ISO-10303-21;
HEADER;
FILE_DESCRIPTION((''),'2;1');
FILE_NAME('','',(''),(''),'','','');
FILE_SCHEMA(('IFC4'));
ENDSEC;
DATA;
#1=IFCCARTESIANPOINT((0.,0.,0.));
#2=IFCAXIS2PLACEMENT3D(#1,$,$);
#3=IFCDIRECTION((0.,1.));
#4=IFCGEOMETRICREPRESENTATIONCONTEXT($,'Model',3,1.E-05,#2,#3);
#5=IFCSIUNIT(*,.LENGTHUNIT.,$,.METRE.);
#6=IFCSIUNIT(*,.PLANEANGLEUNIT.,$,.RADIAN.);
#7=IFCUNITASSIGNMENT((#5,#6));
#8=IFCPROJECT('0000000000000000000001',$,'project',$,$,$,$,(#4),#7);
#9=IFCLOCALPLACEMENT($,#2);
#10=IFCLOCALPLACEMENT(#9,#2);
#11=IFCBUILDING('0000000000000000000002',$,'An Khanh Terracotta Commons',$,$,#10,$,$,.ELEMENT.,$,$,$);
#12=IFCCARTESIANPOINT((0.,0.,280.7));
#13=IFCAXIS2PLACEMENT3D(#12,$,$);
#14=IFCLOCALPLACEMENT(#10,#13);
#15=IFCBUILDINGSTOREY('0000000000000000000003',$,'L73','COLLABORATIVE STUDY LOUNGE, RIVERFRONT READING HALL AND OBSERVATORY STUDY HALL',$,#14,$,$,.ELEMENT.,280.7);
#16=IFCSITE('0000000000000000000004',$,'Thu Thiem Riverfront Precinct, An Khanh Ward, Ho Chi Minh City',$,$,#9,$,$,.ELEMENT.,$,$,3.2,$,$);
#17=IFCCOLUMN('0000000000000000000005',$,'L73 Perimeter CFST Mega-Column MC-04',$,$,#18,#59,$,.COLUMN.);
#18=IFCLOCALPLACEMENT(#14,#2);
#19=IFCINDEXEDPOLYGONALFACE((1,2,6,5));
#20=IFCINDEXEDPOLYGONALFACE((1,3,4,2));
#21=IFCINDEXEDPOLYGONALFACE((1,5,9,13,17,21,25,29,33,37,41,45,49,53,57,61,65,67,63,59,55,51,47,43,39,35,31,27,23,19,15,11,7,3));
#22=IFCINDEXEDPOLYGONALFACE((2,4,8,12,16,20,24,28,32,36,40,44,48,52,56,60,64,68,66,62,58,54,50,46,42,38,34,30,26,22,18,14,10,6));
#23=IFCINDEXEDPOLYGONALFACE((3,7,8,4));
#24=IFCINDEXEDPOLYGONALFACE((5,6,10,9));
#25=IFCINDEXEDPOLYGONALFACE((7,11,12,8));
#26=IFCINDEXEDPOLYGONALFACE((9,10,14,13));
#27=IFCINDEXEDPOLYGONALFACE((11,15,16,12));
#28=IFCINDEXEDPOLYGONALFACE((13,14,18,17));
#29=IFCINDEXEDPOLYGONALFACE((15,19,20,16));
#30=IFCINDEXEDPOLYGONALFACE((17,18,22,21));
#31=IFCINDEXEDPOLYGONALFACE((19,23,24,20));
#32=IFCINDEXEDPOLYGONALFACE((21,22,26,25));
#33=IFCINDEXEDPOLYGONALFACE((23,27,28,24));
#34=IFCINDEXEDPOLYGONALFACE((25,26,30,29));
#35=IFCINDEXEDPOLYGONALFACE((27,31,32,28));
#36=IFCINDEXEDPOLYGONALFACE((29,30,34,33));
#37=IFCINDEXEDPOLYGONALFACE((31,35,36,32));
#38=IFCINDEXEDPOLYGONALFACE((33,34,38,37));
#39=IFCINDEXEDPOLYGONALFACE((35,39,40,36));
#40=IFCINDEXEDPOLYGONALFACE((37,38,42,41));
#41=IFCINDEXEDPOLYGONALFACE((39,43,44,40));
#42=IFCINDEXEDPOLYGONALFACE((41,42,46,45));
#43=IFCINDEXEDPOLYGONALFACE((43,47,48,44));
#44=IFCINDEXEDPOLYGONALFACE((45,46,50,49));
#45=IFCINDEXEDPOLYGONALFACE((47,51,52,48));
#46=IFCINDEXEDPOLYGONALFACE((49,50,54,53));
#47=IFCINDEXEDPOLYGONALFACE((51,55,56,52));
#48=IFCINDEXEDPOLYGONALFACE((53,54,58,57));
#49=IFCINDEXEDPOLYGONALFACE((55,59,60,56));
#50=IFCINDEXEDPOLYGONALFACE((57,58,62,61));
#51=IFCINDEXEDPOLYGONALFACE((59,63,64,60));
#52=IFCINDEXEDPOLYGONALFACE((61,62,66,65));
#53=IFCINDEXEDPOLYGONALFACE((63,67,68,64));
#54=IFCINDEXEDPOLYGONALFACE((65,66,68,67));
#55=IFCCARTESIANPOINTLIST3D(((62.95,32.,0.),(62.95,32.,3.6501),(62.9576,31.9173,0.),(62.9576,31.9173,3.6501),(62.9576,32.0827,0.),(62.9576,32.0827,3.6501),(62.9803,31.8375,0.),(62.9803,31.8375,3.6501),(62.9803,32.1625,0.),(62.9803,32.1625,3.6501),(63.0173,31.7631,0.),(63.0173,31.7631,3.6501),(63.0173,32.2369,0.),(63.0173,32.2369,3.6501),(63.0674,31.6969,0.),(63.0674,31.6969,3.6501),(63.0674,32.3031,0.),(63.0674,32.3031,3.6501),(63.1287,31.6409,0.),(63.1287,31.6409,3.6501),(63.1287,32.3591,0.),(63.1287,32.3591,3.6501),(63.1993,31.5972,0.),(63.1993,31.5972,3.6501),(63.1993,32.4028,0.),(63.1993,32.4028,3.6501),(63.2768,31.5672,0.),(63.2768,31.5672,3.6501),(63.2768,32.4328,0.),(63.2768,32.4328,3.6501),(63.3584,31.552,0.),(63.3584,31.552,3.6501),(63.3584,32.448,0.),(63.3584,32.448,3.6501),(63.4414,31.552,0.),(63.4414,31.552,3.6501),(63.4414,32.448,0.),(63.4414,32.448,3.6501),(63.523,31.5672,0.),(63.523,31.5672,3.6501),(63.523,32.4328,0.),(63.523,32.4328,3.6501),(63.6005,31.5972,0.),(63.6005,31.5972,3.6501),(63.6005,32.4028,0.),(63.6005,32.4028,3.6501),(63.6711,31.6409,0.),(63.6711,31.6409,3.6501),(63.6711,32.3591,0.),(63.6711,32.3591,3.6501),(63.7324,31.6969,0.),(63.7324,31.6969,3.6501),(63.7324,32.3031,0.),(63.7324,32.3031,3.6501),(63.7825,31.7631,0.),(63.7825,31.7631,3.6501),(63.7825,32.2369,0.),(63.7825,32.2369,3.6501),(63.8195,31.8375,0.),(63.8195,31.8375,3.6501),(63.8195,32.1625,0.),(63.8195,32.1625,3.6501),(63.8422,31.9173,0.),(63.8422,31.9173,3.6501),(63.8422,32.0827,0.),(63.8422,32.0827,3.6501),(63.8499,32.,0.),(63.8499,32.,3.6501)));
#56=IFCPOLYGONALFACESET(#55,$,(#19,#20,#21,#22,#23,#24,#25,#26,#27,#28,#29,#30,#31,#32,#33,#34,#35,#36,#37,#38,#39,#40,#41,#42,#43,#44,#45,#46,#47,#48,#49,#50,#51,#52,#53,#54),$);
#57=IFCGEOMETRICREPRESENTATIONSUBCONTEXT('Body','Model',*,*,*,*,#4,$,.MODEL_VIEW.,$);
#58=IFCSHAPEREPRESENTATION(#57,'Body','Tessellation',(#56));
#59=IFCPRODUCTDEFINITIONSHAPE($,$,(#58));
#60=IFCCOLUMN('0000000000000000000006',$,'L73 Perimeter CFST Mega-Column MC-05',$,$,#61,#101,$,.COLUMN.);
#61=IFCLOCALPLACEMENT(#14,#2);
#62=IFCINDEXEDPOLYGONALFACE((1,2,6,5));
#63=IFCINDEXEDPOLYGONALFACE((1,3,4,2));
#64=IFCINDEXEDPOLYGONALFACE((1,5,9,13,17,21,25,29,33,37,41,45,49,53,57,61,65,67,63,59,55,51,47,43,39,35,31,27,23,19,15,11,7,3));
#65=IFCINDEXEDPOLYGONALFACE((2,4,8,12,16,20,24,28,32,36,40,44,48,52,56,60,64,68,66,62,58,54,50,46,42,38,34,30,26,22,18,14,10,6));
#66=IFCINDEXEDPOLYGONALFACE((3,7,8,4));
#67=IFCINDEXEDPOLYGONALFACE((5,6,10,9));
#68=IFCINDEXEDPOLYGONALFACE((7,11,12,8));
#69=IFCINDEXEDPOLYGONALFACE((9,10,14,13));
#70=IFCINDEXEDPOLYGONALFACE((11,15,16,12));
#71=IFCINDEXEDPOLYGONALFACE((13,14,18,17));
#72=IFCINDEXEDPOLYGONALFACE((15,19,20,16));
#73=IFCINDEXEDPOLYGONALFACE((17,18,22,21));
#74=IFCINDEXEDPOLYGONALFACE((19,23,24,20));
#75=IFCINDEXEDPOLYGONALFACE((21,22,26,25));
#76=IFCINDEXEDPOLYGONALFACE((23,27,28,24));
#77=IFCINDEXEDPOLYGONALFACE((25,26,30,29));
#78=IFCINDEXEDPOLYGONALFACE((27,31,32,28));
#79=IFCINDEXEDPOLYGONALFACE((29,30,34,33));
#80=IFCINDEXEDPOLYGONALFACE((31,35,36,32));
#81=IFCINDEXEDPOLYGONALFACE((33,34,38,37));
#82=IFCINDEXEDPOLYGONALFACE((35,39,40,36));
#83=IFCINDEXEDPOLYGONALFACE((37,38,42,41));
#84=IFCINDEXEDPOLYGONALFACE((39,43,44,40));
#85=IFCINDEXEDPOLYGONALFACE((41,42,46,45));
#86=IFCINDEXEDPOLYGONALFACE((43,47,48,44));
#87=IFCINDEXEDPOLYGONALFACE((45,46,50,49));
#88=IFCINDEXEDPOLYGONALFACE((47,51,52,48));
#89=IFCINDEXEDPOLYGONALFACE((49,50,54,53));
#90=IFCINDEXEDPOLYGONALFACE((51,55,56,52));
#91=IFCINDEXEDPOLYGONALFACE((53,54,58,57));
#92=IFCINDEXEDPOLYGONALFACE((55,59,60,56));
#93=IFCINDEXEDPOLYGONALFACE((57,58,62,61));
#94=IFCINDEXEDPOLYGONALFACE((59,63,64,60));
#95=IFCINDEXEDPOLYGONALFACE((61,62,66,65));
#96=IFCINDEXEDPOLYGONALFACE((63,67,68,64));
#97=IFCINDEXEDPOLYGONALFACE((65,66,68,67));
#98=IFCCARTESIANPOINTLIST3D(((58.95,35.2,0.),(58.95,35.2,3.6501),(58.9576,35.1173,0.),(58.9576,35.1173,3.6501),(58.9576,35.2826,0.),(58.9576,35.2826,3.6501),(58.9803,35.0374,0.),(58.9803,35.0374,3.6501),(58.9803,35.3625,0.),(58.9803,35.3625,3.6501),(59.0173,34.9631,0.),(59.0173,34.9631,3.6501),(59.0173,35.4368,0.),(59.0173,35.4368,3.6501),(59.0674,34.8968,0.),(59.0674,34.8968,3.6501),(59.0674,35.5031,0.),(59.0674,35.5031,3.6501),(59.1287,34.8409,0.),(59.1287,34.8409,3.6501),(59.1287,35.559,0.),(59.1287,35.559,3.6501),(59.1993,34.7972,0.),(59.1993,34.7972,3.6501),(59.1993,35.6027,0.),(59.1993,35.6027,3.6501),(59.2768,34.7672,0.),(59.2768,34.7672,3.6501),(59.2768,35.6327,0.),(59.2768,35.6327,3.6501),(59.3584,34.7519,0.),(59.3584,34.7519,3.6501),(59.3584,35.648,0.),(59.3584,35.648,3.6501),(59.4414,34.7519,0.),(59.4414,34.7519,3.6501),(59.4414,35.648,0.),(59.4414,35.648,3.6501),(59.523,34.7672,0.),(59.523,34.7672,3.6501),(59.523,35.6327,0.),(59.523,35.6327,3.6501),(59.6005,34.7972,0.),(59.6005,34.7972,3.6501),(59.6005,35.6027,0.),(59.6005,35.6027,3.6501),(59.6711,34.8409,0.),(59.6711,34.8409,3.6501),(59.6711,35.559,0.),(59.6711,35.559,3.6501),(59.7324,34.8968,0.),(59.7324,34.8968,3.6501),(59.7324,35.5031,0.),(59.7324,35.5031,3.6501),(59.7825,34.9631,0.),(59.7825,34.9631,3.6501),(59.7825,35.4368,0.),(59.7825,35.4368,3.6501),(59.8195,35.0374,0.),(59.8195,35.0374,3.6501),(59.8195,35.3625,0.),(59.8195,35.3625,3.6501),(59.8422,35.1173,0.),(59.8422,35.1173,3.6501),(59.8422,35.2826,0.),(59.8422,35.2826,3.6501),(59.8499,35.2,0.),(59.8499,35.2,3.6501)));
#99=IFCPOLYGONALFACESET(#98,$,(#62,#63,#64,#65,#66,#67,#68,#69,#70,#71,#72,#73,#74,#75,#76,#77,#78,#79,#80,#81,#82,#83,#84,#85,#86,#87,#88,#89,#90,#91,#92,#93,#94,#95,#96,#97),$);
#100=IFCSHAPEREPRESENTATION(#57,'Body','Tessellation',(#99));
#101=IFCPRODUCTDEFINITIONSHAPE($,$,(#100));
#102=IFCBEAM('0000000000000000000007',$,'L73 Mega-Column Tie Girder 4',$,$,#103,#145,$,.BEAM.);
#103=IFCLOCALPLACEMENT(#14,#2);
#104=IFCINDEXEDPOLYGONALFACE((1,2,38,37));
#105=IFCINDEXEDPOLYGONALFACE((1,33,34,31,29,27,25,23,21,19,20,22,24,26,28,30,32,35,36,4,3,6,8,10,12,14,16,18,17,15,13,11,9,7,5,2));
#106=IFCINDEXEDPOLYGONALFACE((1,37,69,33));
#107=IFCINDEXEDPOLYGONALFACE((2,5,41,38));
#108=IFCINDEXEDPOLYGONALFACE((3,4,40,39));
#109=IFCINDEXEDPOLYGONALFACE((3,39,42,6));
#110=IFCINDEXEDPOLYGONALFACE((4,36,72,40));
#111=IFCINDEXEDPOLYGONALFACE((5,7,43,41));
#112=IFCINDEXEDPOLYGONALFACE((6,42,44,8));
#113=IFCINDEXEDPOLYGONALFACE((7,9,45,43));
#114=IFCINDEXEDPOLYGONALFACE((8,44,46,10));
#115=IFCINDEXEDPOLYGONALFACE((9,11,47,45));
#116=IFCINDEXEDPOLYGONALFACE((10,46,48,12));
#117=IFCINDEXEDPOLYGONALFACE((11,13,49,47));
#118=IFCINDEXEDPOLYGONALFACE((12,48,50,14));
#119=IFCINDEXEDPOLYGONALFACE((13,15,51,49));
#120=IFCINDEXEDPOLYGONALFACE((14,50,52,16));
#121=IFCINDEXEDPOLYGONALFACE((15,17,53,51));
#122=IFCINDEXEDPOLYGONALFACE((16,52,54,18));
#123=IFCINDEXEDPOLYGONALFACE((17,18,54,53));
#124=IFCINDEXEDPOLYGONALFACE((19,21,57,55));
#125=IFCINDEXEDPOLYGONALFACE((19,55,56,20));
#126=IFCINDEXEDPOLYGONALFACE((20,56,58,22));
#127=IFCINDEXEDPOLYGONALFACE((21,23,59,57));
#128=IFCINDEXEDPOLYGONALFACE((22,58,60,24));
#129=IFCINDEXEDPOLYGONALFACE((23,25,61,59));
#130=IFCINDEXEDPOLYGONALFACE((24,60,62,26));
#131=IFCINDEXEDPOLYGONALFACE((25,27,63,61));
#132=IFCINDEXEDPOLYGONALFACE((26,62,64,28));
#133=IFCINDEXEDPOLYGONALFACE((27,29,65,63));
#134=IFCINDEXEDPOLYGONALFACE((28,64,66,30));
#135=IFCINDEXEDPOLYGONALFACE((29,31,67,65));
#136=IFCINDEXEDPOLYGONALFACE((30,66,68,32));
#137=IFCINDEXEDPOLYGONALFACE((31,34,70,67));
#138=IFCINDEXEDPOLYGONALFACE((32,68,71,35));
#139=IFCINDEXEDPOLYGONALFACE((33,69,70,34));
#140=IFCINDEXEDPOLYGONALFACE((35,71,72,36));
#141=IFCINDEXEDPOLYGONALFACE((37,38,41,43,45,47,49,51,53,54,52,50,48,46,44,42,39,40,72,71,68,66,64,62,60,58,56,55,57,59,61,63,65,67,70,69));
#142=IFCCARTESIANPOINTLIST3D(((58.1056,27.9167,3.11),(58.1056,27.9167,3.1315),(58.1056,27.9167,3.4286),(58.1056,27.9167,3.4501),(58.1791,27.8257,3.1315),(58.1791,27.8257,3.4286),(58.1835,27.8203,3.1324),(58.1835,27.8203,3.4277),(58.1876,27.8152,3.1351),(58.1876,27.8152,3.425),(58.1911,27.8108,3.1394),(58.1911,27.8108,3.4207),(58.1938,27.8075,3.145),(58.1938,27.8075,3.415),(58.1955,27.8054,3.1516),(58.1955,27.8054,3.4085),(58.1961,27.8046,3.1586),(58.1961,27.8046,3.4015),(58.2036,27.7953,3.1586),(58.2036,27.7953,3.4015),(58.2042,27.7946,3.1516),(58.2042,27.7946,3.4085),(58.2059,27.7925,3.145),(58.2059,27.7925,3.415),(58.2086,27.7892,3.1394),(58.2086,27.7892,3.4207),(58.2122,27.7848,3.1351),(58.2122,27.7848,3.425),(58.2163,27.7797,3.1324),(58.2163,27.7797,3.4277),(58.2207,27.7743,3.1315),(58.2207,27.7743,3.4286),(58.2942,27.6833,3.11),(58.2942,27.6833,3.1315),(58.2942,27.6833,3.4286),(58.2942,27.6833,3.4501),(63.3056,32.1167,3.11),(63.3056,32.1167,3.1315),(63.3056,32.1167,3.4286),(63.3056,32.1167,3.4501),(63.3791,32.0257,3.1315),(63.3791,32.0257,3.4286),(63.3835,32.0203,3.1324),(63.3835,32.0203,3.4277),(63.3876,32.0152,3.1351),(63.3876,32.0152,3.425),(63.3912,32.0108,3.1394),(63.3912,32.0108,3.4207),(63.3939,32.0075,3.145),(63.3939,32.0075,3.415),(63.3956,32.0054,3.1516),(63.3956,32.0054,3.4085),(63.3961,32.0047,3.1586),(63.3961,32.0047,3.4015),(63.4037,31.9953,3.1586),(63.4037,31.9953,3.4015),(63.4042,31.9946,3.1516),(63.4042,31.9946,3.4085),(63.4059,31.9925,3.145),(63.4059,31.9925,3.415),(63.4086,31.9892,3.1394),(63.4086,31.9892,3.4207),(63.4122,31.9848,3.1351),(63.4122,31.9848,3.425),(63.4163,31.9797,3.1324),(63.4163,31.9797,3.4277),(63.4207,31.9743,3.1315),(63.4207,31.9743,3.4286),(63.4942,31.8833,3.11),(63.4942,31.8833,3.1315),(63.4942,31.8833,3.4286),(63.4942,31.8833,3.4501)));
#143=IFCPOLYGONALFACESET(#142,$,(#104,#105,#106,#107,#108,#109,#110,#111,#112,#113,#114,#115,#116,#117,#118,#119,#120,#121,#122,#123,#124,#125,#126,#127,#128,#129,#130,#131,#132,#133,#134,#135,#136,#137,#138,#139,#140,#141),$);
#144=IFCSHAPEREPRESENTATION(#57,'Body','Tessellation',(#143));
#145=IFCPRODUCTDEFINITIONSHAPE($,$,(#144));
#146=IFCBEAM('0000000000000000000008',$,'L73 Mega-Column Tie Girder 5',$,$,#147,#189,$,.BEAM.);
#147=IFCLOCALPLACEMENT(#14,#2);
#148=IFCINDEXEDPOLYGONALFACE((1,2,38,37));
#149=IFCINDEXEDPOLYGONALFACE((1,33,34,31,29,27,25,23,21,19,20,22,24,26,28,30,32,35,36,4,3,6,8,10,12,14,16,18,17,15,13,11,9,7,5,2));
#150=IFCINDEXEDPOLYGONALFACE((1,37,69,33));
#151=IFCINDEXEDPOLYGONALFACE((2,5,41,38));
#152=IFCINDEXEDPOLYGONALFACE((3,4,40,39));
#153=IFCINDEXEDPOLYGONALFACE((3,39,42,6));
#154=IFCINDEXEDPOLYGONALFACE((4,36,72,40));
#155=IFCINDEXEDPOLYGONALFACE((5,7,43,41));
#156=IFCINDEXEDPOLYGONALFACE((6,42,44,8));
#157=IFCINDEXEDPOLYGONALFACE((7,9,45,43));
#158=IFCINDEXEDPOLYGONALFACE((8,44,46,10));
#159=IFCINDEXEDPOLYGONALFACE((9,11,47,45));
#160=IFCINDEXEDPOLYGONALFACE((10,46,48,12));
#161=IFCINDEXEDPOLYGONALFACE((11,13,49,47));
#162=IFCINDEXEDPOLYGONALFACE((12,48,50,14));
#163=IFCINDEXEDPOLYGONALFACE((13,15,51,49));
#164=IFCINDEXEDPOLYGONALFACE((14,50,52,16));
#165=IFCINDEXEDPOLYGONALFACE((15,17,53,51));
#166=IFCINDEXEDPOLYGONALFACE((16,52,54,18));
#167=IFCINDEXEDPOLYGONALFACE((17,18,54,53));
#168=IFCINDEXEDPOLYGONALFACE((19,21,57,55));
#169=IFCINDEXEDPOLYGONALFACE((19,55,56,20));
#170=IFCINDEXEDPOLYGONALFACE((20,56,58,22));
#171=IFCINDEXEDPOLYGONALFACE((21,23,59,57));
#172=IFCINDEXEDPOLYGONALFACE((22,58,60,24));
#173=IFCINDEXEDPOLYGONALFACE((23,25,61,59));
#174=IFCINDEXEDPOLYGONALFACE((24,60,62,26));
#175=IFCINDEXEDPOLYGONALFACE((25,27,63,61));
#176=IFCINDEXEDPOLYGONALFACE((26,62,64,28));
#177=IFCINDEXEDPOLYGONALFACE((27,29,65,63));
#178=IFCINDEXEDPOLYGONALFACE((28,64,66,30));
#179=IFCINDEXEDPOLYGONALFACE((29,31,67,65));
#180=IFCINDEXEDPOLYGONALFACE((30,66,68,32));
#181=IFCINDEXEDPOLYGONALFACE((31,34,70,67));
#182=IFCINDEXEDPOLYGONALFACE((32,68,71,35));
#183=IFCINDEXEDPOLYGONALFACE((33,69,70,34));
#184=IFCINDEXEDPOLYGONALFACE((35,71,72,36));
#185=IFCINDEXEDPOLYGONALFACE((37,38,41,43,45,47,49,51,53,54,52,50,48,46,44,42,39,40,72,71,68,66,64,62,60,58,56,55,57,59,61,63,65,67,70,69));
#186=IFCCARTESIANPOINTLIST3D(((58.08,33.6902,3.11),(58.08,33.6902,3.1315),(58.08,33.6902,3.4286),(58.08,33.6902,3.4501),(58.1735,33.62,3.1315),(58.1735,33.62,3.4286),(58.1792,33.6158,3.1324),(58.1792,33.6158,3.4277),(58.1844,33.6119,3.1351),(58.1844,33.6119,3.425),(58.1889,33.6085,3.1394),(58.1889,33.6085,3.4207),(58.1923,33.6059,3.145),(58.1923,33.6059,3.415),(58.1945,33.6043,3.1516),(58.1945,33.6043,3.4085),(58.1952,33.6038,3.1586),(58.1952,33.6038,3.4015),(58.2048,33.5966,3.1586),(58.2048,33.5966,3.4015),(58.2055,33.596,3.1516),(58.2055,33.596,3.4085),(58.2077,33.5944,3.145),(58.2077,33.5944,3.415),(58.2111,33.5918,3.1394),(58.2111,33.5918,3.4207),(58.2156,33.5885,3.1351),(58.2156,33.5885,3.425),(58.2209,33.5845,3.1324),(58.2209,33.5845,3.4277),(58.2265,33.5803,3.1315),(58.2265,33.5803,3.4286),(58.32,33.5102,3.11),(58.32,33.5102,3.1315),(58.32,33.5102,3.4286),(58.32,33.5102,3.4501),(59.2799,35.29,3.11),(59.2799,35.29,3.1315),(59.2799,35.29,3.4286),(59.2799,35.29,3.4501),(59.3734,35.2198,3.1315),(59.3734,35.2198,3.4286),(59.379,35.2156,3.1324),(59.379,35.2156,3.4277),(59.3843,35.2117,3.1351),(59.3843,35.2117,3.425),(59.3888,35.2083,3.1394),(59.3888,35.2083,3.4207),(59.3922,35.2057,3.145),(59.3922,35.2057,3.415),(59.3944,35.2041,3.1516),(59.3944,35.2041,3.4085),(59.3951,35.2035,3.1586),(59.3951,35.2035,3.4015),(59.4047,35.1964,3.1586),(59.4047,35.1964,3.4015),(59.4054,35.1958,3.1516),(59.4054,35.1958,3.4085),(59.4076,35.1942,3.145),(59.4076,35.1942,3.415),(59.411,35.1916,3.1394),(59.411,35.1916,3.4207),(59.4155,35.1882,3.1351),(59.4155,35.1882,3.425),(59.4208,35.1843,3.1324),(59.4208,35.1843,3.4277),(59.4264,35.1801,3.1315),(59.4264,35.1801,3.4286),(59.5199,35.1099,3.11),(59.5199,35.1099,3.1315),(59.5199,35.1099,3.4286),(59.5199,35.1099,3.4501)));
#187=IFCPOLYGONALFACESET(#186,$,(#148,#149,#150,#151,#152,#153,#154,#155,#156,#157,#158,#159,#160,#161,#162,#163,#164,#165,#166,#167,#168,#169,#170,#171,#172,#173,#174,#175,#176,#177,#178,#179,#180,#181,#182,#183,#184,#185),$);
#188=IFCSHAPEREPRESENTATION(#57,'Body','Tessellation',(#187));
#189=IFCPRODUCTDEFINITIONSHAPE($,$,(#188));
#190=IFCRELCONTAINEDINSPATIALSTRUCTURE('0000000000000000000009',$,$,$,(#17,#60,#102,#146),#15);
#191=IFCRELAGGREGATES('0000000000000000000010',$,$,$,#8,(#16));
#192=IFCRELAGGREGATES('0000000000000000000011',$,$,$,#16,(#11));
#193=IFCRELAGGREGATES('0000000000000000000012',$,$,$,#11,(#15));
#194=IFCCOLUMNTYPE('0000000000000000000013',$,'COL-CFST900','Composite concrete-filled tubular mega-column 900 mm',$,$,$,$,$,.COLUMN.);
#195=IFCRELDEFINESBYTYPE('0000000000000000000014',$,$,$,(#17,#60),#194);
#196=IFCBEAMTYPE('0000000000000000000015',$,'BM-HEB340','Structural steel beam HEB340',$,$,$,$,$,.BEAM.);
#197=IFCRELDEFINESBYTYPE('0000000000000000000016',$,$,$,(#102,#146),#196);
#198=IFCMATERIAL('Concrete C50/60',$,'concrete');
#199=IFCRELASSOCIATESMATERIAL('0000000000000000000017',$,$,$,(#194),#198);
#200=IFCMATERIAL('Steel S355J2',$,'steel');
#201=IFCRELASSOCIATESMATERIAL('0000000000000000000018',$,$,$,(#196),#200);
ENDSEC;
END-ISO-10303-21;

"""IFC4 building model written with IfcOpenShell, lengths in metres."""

from ifc_helpers import new_model, si_unit, direction, frame, origin, origin_2d, place, context, subcontext, project, spatial, circle, i_section, extrude, material, material_profile, profile_set, type_object, element, save


model = new_model("IFC4")

# Units and contexts
model_context = context("Model", 3, precision=1e-05, world=origin(), true_north=direction((0.0, 1.0)))
body_context = subcontext(model_context, "Body", "Model", "MODEL_VIEW")
ifc_project = project(units=[si_unit("LENGTHUNIT", "METRE"), si_unit("PLANEANGLEUNIT", "RADIAN")], contexts=[model_context])

# Site, building, storey
site_placement = place(None, origin())
site = spatial("IfcSite", under=ifc_project, at=site_placement, Name="Thu Thiem Riverfront Precinct, An Khanh Ward, Ho Chi Minh City", CompositionType="ELEMENT", RefElevation=3.2)
building_placement = place(site_placement, origin())
building = spatial("IfcBuilding", under=site, at=building_placement, Name="An Khanh Terracotta Commons", CompositionType="ELEMENT")
storey_placement = place(building_placement, frame((0.0, 0.0, 280.7)))
storey = spatial("IfcBuildingStorey", under=building, at=storey_placement, Name="L73", Description="COLLABORATIVE STUDY LOUNGE, RIVERFRONT READING HALL AND OBSERVATORY STUDY HALL", CompositionType="ELEMENT", Elevation=280.7)

# Columns
ifc_material_1 = material(Name="Concrete C50/60", Category="concrete")
ifc_material_profile_1 = material_profile(ifc_material_1, circle(Radius=0.45, at=origin_2d()), Name="CFST900")
ifc_profile_set_1 = profile_set([ifc_material_profile_1], Name="Concrete C50/60")
column_type = type_object("IfcColumnType", Name="COL-CFST900", Description="Composite concrete-filled tubular mega-column 900 mm", PredefinedType="COLUMN", material=ifc_profile_set_1)
for number, where, z_axis, x_axis, name in (
    (1, (63.3999, 32.0, 0.0), (0.0, 0.0, 1.0), (1.0, 0.0, 0.0), "L73 Perimeter CFST Mega-Column MC-04"),
    (2, (59.3999, 35.2, 0.0), (0.0, 0.0, 1.0), (1.0, 0.0, 0.0), "L73 Perimeter CFST Mega-Column MC-05"),
):
    element("IfcColumn", number, at=place(storey_placement, frame(where, z_axis=z_axis, x_axis=x_axis)), inside=storey, type_object=column_type, Name=name, PredefinedType="COLUMN", context=body_context, shape_type="SweptSolid", body=[
        extrude(circle(Radius=0.45, at=origin_2d()), origin(), (0.0, 0.0, 1.0), 3.6501),
    ])

# Beams
ifc_material_2 = material(Name="Steel S355J2", Category="steel")
ifc_material_profile_2 = material_profile(ifc_material_2, i_section(OverallWidth=0.3, OverallDepth=0.3401, WebThickness=0.012, FlangeThickness=0.0215, FilletRadius=0.0271, at=origin_2d()), Name="HEB340")
ifc_profile_set_2 = profile_set([ifc_material_profile_2], Name="Steel S355J2")
beam_type_1 = type_object("IfcBeamType", Name="BM-HEB340", Description="Structural steel beam HEB340", PredefinedType="BEAM", material=ifc_profile_set_2)
beam_1_placement = place(storey_placement, frame((63.3999, 32.0, 3.28), z_axis=(-0.777942, -0.628336, 0.0), x_axis=(0.628336, -0.777942, 0.0)))
element("IfcBeam", 3, at=beam_1_placement, inside=storey, type_object=beam_type_1, Name="L73 Mega-Column Tie Girder 4", PredefinedType="BEAM", context=body_context, shape_type="SweptSolid", body=[
    extrude(i_section(OverallWidth=0.3, OverallDepth=0.3401, WebThickness=0.012, FlangeThickness=0.0215, FilletRadius=0.0271, at=origin_2d()), origin(), (0.0, 0.0, 1.0), 6.6843),
])
beam_2_placement = place(storey_placement, frame((59.3999, 35.2, 3.28), z_axis=(-0.60002, -0.799985, 0.0), x_axis=(0.799985, -0.60002, 0.0)))
element("IfcBeam", 4, at=beam_2_placement, inside=storey, type_object=beam_type_1, Name="L73 Mega-Column Tie Girder 5", PredefinedType="BEAM", context=body_context, shape_type="SweptSolid", body=[
    extrude(i_section(OverallWidth=0.3, OverallDepth=0.3401, WebThickness=0.012, FlangeThickness=0.0215, FilletRadius=0.0271, at=origin_2d()), origin(), (0.0, 0.0, 1.0), 1.9998),
])

save(model, "model.ifc")
